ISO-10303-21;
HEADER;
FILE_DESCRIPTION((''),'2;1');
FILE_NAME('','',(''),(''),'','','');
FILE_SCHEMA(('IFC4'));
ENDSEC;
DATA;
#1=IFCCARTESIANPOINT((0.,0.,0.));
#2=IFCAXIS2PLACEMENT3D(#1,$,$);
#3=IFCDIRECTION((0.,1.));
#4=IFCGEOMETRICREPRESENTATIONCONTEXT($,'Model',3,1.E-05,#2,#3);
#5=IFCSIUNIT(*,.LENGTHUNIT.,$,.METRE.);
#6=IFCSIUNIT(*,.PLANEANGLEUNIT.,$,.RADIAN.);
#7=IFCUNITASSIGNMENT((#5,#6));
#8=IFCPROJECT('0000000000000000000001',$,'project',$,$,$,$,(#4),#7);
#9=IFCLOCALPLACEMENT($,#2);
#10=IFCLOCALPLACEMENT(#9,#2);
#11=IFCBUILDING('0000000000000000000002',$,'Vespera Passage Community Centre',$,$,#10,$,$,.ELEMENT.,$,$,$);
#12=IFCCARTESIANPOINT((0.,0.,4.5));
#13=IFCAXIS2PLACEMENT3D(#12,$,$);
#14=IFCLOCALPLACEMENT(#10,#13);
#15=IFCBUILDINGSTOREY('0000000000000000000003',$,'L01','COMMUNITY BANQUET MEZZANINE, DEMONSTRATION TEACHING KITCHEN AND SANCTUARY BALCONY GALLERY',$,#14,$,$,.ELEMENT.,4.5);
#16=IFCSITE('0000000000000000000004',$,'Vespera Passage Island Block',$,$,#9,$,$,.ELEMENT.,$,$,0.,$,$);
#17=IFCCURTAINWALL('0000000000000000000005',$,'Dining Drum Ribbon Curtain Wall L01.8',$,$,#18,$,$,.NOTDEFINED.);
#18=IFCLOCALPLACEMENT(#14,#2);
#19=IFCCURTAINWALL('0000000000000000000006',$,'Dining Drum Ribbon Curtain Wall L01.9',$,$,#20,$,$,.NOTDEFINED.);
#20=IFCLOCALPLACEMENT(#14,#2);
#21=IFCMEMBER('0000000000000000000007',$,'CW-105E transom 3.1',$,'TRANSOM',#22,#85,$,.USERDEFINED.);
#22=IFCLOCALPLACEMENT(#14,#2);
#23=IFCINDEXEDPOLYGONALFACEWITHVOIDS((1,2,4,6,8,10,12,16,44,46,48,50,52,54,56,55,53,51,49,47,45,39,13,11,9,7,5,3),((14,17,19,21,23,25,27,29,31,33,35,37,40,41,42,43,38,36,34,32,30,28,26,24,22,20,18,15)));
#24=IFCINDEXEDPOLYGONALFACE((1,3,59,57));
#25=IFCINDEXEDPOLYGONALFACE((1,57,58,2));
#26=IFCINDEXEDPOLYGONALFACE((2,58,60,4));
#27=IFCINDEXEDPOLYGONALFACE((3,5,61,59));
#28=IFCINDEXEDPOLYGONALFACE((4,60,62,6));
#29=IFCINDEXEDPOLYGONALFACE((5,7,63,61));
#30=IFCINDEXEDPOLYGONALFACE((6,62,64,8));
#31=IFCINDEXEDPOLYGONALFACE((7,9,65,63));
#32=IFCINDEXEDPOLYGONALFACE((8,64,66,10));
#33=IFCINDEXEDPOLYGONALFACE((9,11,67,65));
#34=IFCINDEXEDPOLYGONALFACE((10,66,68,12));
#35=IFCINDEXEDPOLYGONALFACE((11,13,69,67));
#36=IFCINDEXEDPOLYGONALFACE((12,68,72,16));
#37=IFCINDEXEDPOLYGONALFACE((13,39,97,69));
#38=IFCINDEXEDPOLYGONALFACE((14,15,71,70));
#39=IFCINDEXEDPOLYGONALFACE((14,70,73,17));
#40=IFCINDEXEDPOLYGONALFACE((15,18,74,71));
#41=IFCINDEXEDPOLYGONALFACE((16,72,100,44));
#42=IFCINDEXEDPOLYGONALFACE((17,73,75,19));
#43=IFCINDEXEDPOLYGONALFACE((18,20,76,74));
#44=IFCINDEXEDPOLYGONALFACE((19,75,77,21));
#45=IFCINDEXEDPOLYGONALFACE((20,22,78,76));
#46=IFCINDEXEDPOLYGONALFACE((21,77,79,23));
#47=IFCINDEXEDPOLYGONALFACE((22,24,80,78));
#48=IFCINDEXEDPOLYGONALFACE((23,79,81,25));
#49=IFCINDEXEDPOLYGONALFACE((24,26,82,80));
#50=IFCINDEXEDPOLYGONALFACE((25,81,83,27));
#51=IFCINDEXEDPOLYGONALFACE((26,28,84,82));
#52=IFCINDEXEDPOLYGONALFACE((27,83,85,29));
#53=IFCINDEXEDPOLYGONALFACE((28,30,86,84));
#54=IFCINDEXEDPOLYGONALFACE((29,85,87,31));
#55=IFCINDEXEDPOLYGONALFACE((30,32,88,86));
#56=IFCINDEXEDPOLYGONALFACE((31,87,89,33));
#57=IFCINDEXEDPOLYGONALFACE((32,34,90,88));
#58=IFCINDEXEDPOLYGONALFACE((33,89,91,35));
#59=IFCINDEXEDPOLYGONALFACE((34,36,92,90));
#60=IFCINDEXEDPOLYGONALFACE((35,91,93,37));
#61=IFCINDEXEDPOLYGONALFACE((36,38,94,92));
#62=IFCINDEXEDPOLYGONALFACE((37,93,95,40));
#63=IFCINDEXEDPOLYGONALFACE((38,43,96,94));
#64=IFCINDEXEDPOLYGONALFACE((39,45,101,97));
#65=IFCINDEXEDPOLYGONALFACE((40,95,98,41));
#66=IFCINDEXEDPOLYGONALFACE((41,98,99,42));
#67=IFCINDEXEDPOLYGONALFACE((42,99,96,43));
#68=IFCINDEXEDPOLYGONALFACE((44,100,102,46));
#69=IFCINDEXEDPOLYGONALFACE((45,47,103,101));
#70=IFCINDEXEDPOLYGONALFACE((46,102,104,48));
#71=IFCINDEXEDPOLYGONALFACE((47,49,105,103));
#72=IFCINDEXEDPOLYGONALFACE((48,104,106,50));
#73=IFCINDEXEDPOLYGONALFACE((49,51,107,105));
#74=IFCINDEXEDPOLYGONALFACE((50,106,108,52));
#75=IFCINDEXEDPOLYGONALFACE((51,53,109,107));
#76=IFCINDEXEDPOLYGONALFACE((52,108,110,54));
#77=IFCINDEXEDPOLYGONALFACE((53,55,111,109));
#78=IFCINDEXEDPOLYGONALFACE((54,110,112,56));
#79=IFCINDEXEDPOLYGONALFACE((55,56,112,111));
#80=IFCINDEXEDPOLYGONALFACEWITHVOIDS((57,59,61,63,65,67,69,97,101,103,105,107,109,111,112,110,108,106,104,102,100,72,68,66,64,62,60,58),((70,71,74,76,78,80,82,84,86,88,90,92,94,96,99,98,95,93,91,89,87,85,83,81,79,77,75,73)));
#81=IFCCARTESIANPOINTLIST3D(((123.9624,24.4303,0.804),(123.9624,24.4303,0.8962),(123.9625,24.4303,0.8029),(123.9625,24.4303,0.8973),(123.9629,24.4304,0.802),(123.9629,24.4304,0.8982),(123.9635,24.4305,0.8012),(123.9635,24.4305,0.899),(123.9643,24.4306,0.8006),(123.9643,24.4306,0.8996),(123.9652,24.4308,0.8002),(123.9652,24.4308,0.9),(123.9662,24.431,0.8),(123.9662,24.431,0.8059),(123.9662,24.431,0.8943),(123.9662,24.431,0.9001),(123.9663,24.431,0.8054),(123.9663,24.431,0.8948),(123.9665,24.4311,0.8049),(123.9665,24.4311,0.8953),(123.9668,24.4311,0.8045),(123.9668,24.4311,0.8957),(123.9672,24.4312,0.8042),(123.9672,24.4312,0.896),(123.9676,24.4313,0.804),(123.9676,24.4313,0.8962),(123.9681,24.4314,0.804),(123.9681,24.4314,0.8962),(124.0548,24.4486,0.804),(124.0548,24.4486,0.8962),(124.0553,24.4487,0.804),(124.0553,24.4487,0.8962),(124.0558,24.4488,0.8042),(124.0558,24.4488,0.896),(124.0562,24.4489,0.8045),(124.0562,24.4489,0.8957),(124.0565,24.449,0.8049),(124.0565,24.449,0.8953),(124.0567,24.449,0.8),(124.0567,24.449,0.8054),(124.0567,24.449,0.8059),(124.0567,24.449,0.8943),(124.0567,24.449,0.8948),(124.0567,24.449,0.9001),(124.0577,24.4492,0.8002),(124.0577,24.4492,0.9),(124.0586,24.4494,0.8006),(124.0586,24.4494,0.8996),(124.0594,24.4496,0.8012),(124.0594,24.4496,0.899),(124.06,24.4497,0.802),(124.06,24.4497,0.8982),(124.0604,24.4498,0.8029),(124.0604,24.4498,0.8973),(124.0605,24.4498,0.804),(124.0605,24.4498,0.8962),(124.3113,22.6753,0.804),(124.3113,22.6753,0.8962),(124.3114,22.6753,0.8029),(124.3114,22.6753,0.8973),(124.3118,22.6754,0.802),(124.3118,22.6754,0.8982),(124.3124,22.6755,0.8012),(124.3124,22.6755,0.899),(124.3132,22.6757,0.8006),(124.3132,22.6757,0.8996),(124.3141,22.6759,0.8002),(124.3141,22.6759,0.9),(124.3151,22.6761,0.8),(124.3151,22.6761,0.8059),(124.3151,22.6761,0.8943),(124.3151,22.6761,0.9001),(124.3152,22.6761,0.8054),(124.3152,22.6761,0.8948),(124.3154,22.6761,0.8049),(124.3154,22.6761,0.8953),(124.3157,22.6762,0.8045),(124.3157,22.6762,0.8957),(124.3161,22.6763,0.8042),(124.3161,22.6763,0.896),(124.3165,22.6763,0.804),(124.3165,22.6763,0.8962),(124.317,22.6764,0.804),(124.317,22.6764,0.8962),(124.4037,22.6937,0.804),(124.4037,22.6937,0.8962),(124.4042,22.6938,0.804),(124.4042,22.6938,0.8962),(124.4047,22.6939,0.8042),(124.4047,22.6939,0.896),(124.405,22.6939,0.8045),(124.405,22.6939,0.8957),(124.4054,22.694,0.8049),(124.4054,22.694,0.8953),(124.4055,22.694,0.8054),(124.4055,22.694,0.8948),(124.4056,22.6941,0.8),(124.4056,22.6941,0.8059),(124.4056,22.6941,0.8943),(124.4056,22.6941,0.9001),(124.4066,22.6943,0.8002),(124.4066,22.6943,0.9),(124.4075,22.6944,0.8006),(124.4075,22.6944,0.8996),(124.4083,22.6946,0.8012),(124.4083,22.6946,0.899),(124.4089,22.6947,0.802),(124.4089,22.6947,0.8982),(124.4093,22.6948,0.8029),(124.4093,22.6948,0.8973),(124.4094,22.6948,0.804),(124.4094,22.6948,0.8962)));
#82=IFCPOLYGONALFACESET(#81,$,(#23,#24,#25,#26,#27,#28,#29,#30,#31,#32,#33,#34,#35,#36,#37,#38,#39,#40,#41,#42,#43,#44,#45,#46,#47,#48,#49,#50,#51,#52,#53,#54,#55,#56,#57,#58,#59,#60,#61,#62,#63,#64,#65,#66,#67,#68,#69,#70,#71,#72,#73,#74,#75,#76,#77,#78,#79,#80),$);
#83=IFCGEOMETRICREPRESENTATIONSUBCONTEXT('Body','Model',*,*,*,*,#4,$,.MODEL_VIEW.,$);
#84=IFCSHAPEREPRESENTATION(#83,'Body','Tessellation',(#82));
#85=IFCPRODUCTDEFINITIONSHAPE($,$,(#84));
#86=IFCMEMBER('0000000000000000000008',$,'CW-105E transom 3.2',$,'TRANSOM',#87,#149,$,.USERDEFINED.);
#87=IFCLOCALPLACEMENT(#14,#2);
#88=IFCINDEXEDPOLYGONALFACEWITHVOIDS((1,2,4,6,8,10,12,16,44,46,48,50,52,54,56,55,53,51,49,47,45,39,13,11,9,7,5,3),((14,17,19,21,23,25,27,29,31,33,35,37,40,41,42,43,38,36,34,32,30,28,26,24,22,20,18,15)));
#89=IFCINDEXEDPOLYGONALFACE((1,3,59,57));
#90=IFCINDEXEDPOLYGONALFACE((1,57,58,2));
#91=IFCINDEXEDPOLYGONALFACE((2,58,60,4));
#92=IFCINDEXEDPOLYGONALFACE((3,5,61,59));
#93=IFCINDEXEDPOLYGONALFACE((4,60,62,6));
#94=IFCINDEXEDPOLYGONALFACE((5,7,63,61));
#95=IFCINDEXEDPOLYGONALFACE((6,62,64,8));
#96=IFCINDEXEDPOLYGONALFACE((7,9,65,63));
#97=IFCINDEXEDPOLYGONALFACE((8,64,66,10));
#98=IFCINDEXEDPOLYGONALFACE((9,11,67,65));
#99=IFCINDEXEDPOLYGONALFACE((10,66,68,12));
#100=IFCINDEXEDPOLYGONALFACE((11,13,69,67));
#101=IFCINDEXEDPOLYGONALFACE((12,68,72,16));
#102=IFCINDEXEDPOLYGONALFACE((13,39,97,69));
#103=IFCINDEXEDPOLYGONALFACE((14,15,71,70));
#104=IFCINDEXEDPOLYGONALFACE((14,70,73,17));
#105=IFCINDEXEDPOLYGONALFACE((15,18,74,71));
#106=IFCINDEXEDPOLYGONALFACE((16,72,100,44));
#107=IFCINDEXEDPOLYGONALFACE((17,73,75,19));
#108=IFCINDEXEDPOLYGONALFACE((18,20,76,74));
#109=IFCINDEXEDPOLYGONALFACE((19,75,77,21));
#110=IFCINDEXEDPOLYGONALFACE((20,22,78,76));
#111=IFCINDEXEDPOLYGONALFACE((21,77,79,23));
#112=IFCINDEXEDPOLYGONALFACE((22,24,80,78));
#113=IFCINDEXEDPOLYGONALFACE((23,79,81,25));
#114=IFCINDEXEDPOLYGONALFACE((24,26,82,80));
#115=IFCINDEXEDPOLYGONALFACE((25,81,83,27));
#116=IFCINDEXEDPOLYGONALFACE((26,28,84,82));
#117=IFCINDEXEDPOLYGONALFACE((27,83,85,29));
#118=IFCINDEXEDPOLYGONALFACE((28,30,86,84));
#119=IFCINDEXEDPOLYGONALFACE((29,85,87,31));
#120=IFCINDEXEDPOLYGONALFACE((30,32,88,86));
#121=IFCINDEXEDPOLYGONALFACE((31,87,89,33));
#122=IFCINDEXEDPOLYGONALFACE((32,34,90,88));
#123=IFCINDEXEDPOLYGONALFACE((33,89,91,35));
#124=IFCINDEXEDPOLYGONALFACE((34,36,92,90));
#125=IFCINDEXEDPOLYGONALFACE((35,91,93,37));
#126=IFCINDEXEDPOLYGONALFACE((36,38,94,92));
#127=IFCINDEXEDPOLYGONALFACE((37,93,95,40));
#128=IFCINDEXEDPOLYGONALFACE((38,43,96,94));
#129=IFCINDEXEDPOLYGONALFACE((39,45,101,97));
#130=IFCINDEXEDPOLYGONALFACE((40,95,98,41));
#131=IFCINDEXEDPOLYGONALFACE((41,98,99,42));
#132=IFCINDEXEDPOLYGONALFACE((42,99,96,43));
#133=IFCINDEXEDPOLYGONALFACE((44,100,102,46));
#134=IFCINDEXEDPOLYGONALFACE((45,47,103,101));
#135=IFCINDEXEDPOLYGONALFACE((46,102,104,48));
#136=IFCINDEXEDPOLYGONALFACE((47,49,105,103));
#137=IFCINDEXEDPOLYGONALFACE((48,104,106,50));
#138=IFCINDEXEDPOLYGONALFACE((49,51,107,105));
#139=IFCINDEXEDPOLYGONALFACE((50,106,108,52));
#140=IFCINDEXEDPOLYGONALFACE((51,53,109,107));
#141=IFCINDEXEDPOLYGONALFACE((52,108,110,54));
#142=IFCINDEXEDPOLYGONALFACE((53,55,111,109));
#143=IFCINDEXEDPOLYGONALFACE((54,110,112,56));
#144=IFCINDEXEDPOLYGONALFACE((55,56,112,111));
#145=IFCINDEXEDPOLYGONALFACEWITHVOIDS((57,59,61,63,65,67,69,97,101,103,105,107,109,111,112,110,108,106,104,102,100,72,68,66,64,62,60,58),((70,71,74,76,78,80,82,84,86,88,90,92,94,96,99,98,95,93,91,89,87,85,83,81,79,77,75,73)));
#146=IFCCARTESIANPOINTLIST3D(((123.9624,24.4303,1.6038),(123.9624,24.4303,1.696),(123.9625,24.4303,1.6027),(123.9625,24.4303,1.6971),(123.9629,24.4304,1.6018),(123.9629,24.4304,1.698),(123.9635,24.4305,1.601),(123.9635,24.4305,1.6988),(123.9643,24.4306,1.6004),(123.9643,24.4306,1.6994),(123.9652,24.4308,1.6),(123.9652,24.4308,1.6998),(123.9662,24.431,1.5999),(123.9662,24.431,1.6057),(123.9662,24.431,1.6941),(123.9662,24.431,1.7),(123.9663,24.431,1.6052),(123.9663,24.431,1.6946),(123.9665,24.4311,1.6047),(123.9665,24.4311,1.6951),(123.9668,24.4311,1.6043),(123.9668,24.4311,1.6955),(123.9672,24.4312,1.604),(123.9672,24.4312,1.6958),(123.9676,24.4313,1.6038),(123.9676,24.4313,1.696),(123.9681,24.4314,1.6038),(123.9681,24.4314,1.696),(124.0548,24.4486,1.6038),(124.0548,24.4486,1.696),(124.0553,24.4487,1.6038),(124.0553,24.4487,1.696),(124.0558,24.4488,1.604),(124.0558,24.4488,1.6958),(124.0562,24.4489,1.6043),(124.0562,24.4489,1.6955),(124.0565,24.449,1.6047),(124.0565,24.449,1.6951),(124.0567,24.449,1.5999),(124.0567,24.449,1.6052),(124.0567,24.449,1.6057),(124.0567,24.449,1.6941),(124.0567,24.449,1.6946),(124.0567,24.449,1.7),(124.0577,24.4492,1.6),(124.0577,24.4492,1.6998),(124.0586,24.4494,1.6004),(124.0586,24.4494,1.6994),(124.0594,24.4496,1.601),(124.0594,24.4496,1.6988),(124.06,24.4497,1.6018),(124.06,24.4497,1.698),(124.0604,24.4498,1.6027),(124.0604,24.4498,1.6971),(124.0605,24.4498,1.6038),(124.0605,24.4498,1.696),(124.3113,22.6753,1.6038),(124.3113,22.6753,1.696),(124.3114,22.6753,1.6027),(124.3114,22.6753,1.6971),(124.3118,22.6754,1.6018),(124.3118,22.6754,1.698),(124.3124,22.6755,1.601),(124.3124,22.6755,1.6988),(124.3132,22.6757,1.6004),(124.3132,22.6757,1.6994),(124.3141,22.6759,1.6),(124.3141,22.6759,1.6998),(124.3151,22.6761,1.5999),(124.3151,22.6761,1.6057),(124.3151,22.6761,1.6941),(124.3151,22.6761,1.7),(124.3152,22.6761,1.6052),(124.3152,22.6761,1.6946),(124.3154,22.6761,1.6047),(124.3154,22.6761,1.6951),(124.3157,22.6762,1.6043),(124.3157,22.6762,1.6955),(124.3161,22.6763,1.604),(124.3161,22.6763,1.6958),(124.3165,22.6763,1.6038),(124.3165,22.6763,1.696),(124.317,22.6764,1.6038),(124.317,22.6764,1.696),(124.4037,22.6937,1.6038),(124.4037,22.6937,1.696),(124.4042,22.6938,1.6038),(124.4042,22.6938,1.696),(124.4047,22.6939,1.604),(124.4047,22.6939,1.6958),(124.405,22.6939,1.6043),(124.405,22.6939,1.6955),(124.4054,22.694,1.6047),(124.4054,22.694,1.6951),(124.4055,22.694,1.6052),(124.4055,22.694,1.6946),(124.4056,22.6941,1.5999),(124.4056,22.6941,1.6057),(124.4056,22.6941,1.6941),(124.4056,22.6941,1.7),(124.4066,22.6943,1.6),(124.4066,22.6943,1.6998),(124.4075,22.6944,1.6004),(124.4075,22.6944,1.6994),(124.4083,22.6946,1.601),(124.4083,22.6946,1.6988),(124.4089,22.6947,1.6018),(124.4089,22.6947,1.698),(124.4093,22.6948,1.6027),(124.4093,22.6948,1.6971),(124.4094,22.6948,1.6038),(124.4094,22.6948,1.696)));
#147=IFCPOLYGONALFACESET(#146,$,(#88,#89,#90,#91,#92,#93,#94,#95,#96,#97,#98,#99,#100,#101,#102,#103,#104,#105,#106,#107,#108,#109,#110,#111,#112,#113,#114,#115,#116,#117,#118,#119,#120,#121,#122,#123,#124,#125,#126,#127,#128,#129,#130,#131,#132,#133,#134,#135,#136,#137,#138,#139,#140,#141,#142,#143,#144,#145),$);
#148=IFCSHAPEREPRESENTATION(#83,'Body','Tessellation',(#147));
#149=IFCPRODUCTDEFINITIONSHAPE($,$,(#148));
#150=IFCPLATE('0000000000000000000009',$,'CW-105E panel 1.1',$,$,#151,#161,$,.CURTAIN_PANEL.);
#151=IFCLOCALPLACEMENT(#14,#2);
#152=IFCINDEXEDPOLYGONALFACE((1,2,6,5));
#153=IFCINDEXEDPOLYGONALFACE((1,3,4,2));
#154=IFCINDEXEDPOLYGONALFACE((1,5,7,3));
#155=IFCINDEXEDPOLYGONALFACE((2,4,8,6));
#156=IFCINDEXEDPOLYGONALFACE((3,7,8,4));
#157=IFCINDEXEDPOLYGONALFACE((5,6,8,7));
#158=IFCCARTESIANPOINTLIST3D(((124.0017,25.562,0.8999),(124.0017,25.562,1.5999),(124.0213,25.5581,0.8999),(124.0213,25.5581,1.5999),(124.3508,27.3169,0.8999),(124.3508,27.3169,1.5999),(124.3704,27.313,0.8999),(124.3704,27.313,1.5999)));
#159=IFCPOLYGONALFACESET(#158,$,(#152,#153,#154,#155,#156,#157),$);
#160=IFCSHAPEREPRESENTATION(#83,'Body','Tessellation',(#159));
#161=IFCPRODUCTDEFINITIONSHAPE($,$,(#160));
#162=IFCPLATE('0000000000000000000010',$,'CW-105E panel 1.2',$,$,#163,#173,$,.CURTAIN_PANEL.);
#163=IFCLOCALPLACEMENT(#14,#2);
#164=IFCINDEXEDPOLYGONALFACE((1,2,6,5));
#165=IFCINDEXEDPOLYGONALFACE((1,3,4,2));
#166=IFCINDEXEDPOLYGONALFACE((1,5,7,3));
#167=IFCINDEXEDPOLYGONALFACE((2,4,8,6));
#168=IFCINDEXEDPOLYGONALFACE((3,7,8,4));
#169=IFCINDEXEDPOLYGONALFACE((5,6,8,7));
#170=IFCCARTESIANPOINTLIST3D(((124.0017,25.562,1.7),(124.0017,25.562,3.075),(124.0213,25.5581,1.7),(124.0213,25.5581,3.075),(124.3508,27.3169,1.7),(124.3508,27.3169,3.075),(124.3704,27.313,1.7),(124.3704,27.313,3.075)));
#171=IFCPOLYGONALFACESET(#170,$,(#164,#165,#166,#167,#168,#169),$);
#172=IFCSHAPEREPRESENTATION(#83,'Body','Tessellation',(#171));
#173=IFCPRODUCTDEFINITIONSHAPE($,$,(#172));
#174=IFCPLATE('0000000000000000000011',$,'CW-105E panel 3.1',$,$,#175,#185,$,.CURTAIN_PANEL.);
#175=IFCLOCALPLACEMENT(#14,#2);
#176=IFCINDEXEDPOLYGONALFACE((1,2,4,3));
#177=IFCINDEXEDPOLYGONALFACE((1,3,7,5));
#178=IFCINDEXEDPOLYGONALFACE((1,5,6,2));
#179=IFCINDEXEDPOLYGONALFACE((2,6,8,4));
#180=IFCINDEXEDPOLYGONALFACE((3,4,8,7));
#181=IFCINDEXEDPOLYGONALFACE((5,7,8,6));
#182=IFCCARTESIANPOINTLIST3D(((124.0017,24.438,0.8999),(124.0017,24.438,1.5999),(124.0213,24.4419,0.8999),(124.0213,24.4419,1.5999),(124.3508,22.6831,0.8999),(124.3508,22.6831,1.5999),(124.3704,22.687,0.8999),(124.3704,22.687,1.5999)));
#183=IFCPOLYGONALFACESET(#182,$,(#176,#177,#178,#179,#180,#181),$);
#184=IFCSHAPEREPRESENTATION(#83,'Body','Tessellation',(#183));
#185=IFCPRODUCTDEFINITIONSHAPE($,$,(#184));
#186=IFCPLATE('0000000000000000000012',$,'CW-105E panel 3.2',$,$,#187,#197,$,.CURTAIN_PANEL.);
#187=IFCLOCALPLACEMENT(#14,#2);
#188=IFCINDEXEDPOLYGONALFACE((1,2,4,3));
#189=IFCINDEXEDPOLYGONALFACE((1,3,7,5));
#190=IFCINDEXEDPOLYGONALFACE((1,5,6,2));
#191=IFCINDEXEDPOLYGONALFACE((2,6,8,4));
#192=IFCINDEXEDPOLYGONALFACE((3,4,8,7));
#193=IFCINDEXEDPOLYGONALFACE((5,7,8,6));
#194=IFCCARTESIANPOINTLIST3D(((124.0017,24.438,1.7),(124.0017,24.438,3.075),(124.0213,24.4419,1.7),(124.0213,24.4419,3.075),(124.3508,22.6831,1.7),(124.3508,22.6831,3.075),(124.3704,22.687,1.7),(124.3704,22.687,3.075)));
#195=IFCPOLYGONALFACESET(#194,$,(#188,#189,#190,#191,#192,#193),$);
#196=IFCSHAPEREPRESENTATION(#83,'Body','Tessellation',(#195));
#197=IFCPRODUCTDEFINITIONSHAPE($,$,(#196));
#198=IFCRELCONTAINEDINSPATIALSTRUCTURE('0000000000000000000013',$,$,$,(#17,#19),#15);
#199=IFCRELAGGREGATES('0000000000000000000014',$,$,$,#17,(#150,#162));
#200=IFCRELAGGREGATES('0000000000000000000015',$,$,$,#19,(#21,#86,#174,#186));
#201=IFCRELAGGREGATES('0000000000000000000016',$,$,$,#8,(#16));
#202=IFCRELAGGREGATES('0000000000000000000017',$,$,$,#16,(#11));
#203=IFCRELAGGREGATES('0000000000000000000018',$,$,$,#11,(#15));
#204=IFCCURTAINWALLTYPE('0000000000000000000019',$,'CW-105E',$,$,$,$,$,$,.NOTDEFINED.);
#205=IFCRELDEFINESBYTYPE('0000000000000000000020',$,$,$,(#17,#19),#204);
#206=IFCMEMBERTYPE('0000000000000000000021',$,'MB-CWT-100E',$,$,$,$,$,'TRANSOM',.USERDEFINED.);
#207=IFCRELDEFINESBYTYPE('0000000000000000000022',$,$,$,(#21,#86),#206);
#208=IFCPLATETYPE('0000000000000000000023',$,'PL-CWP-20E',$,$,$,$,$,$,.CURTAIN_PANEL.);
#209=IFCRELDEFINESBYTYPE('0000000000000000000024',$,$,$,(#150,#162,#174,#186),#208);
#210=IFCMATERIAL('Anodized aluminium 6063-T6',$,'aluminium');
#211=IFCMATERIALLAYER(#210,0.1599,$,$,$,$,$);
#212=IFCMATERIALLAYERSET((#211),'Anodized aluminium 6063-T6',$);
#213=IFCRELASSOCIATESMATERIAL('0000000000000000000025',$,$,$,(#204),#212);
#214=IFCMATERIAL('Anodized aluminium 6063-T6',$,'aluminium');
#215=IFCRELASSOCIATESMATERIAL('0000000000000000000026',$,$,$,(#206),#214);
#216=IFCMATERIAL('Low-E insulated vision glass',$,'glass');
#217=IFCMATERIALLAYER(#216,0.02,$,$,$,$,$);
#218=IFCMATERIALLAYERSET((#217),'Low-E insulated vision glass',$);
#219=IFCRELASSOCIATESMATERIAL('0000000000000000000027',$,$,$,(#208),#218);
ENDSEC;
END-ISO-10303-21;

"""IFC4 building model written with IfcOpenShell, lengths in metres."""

from ifc_helpers import new_model, si_unit, direction, frame, origin, origin_2d, place, context, subcontext, project, spatial, rectangle, hollow_rectangle, extrude, material, layer, layer_set, material_profile, profile_set, type_object, element, aggregate, save


model = new_model("IFC4")

# Units and contexts
model_context = context("Model", 3, precision=1e-05, world=origin(), true_north=direction((0.0, 1.0)))
body_context = subcontext(model_context, "Body", "Model", "MODEL_VIEW")
ifc_project = project(units=[si_unit("LENGTHUNIT", "METRE"), si_unit("PLANEANGLEUNIT", "RADIAN")], contexts=[model_context])

# Site, building, storey
site_placement = place(None, origin())
site = spatial("IfcSite", under=ifc_project, at=site_placement, Name="Vespera Passage Island Block", CompositionType="ELEMENT", RefElevation=0.0)
building_placement = place(site_placement, origin())
building = spatial("IfcBuilding", under=site, at=building_placement, Name="Vespera Passage Community Centre", CompositionType="ELEMENT")
storey_placement = place(building_placement, frame((0.0, 0.0, 4.5)))
storey = spatial("IfcBuildingStorey", under=building, at=storey_placement, Name="L01", Description="COMMUNITY BANQUET MEZZANINE, DEMONSTRATION TEACHING KITCHEN AND SANCTUARY BALCONY GALLERY", CompositionType="ELEMENT", Elevation=4.5)

# Curtain walls
ifc_material_1 = material(Name="Anodized aluminium 6063-T6", Category="aluminium")
ifc_layer_1 = layer(ifc_material_1, 0.1599)
ifc_layer_set_1 = layer_set([ifc_layer_1], Name="Anodized aluminium 6063-T6")
curtain_wall_type = type_object("IfcCurtainWallType", Name="CW-105E", PredefinedType="NOTDEFINED", material=ifc_layer_set_1)
curtain_wall_1_placement = place(storey_placement, origin())
curtain_wall_1 = element("IfcCurtainWall", 1, at=curtain_wall_1_placement, inside=storey, type_object=curtain_wall_type, Name="Dining Drum Ribbon Curtain Wall L01.8", PredefinedType="NOTDEFINED")
curtain_wall_2_placement = place(storey_placement, origin())
curtain_wall_2 = element("IfcCurtainWall", 2, at=curtain_wall_2_placement, inside=storey, type_object=curtain_wall_type, Name="Dining Drum Ribbon Curtain Wall L01.9", PredefinedType="NOTDEFINED")

# Members
ifc_material_2 = material(Name="Anodized aluminium 6063-T6", Category="aluminium")
ifc_material_profile_1 = material_profile(ifc_material_2, hollow_rectangle(XDim=0.1001, YDim=0.1001, WallThickness=0.0039, InnerFilletRadius=0.002, OuterFilletRadius=0.0039, at=origin_2d()), Name="ALU100X100X4")
ifc_profile_set_1 = profile_set([ifc_material_profile_1], Name="Anodized aluminium 6063-T6")
member_type_1 = type_object("IfcMemberType", Name="MB-CWT-100E", ElementType="TRANSOM", PredefinedType="USERDEFINED", material=ifc_profile_set_1)
member_1_placement = place(storey_placement, frame((124.3604, 22.6851, 0.8501), z_axis=(-0.194988, 0.980806, 0.0), x_axis=(-0.980806, -0.194988, 0.0)))
member_1 = element("IfcMember", 3, at=member_1_placement, type_object=member_type_1, Name="CW-105E transom 3.1", ObjectType="TRANSOM", PredefinedType="USERDEFINED", context=body_context, shape_type="SweptSolid", body=[
    extrude(hollow_rectangle(XDim=0.1001, YDim=0.1001, WallThickness=0.0039, InnerFilletRadius=0.002, OuterFilletRadius=0.0039, at=origin_2d()), origin(), (0.0, 0.0, 1.0), 1.7893),
])
member_2_placement = place(storey_placement, frame((124.3604, 22.6851, 1.6499), z_axis=(-0.194988, 0.980806, 0.0), x_axis=(-0.980806, -0.194988, 0.0)))
member_2 = element("IfcMember", 4, at=member_2_placement, type_object=member_type_1, Name="CW-105E transom 3.2", ObjectType="TRANSOM", PredefinedType="USERDEFINED", context=body_context, shape_type="SweptSolid", body=[
    extrude(hollow_rectangle(XDim=0.1001, YDim=0.1001, WallThickness=0.0039, InnerFilletRadius=0.002, OuterFilletRadius=0.0039, at=origin_2d()), origin(), (0.0, 0.0, 1.0), 1.7893),
])

# Plates
ifc_material_3 = material(Name="Low-E insulated vision glass", Category="glass")
ifc_layer_2 = layer(ifc_material_3, 0.02)
ifc_layer_set_2 = layer_set([ifc_layer_2], Name="Low-E insulated vision glass")
plate_type = type_object("IfcPlateType", Name="PL-CWP-20E", PredefinedType="CURTAIN_PANEL", material=ifc_layer_set_2)
plate_1_placement = place(storey_placement, frame((124.186, 26.4375, 0.8999), z_axis=(0.0, 0.0, 1.0), x_axis=(0.195097, 0.980784, 0.0)))
plate_1 = element("IfcPlate", 5, at=plate_1_placement, type_object=plate_type, Name="CW-105E panel 1.1", PredefinedType="CURTAIN_PANEL", context=body_context, shape_type="SweptSolid", body=[
    extrude(rectangle(XDim=1.7893, YDim=0.02, at=origin_2d()), origin(), (0.0, 0.0, 1.0), 0.7),
])
plate_2_placement = place(storey_placement, frame((124.186, 26.4375, 1.7), z_axis=(0.0, 0.0, 1.0), x_axis=(0.195097, 0.980784, 0.0)))
plate_2 = element("IfcPlate", 6, at=plate_2_placement, type_object=plate_type, Name="CW-105E panel 1.2", PredefinedType="CURTAIN_PANEL", context=body_context, shape_type="SweptSolid", body=[
    extrude(rectangle(XDim=1.7893, YDim=0.02, at=origin_2d()), origin(), (0.0, 0.0, 1.0), 1.375),
])
aggregate(curtain_wall_1, [plate_1, plate_2])
plate_3_placement = place(storey_placement, frame((124.186, 23.5625, 0.8999), z_axis=(0.0, 0.0, 1.0), x_axis=(-0.195097, 0.980784, 0.0)))
plate_3 = element("IfcPlate", 7, at=plate_3_placement, type_object=plate_type, Name="CW-105E panel 3.1", PredefinedType="CURTAIN_PANEL", context=body_context, shape_type="SweptSolid", body=[
    extrude(rectangle(XDim=1.7893, YDim=0.02, at=origin_2d()), origin(), (0.0, 0.0, 1.0), 0.7),
])
plate_4_placement = place(storey_placement, frame((124.186, 23.5625, 1.7), z_axis=(0.0, 0.0, 1.0), x_axis=(-0.195097, 0.980784, 0.0)))
plate_4 = element("IfcPlate", 8, at=plate_4_placement, type_object=plate_type, Name="CW-105E panel 3.2", PredefinedType="CURTAIN_PANEL", context=body_context, shape_type="SweptSolid", body=[
    extrude(rectangle(XDim=1.7893, YDim=0.02, at=origin_2d()), origin(), (0.0, 0.0, 1.0), 1.375),
])
aggregate(curtain_wall_2, [member_1, member_2, plate_3, plate_4])

save(model, "model.ifc")
